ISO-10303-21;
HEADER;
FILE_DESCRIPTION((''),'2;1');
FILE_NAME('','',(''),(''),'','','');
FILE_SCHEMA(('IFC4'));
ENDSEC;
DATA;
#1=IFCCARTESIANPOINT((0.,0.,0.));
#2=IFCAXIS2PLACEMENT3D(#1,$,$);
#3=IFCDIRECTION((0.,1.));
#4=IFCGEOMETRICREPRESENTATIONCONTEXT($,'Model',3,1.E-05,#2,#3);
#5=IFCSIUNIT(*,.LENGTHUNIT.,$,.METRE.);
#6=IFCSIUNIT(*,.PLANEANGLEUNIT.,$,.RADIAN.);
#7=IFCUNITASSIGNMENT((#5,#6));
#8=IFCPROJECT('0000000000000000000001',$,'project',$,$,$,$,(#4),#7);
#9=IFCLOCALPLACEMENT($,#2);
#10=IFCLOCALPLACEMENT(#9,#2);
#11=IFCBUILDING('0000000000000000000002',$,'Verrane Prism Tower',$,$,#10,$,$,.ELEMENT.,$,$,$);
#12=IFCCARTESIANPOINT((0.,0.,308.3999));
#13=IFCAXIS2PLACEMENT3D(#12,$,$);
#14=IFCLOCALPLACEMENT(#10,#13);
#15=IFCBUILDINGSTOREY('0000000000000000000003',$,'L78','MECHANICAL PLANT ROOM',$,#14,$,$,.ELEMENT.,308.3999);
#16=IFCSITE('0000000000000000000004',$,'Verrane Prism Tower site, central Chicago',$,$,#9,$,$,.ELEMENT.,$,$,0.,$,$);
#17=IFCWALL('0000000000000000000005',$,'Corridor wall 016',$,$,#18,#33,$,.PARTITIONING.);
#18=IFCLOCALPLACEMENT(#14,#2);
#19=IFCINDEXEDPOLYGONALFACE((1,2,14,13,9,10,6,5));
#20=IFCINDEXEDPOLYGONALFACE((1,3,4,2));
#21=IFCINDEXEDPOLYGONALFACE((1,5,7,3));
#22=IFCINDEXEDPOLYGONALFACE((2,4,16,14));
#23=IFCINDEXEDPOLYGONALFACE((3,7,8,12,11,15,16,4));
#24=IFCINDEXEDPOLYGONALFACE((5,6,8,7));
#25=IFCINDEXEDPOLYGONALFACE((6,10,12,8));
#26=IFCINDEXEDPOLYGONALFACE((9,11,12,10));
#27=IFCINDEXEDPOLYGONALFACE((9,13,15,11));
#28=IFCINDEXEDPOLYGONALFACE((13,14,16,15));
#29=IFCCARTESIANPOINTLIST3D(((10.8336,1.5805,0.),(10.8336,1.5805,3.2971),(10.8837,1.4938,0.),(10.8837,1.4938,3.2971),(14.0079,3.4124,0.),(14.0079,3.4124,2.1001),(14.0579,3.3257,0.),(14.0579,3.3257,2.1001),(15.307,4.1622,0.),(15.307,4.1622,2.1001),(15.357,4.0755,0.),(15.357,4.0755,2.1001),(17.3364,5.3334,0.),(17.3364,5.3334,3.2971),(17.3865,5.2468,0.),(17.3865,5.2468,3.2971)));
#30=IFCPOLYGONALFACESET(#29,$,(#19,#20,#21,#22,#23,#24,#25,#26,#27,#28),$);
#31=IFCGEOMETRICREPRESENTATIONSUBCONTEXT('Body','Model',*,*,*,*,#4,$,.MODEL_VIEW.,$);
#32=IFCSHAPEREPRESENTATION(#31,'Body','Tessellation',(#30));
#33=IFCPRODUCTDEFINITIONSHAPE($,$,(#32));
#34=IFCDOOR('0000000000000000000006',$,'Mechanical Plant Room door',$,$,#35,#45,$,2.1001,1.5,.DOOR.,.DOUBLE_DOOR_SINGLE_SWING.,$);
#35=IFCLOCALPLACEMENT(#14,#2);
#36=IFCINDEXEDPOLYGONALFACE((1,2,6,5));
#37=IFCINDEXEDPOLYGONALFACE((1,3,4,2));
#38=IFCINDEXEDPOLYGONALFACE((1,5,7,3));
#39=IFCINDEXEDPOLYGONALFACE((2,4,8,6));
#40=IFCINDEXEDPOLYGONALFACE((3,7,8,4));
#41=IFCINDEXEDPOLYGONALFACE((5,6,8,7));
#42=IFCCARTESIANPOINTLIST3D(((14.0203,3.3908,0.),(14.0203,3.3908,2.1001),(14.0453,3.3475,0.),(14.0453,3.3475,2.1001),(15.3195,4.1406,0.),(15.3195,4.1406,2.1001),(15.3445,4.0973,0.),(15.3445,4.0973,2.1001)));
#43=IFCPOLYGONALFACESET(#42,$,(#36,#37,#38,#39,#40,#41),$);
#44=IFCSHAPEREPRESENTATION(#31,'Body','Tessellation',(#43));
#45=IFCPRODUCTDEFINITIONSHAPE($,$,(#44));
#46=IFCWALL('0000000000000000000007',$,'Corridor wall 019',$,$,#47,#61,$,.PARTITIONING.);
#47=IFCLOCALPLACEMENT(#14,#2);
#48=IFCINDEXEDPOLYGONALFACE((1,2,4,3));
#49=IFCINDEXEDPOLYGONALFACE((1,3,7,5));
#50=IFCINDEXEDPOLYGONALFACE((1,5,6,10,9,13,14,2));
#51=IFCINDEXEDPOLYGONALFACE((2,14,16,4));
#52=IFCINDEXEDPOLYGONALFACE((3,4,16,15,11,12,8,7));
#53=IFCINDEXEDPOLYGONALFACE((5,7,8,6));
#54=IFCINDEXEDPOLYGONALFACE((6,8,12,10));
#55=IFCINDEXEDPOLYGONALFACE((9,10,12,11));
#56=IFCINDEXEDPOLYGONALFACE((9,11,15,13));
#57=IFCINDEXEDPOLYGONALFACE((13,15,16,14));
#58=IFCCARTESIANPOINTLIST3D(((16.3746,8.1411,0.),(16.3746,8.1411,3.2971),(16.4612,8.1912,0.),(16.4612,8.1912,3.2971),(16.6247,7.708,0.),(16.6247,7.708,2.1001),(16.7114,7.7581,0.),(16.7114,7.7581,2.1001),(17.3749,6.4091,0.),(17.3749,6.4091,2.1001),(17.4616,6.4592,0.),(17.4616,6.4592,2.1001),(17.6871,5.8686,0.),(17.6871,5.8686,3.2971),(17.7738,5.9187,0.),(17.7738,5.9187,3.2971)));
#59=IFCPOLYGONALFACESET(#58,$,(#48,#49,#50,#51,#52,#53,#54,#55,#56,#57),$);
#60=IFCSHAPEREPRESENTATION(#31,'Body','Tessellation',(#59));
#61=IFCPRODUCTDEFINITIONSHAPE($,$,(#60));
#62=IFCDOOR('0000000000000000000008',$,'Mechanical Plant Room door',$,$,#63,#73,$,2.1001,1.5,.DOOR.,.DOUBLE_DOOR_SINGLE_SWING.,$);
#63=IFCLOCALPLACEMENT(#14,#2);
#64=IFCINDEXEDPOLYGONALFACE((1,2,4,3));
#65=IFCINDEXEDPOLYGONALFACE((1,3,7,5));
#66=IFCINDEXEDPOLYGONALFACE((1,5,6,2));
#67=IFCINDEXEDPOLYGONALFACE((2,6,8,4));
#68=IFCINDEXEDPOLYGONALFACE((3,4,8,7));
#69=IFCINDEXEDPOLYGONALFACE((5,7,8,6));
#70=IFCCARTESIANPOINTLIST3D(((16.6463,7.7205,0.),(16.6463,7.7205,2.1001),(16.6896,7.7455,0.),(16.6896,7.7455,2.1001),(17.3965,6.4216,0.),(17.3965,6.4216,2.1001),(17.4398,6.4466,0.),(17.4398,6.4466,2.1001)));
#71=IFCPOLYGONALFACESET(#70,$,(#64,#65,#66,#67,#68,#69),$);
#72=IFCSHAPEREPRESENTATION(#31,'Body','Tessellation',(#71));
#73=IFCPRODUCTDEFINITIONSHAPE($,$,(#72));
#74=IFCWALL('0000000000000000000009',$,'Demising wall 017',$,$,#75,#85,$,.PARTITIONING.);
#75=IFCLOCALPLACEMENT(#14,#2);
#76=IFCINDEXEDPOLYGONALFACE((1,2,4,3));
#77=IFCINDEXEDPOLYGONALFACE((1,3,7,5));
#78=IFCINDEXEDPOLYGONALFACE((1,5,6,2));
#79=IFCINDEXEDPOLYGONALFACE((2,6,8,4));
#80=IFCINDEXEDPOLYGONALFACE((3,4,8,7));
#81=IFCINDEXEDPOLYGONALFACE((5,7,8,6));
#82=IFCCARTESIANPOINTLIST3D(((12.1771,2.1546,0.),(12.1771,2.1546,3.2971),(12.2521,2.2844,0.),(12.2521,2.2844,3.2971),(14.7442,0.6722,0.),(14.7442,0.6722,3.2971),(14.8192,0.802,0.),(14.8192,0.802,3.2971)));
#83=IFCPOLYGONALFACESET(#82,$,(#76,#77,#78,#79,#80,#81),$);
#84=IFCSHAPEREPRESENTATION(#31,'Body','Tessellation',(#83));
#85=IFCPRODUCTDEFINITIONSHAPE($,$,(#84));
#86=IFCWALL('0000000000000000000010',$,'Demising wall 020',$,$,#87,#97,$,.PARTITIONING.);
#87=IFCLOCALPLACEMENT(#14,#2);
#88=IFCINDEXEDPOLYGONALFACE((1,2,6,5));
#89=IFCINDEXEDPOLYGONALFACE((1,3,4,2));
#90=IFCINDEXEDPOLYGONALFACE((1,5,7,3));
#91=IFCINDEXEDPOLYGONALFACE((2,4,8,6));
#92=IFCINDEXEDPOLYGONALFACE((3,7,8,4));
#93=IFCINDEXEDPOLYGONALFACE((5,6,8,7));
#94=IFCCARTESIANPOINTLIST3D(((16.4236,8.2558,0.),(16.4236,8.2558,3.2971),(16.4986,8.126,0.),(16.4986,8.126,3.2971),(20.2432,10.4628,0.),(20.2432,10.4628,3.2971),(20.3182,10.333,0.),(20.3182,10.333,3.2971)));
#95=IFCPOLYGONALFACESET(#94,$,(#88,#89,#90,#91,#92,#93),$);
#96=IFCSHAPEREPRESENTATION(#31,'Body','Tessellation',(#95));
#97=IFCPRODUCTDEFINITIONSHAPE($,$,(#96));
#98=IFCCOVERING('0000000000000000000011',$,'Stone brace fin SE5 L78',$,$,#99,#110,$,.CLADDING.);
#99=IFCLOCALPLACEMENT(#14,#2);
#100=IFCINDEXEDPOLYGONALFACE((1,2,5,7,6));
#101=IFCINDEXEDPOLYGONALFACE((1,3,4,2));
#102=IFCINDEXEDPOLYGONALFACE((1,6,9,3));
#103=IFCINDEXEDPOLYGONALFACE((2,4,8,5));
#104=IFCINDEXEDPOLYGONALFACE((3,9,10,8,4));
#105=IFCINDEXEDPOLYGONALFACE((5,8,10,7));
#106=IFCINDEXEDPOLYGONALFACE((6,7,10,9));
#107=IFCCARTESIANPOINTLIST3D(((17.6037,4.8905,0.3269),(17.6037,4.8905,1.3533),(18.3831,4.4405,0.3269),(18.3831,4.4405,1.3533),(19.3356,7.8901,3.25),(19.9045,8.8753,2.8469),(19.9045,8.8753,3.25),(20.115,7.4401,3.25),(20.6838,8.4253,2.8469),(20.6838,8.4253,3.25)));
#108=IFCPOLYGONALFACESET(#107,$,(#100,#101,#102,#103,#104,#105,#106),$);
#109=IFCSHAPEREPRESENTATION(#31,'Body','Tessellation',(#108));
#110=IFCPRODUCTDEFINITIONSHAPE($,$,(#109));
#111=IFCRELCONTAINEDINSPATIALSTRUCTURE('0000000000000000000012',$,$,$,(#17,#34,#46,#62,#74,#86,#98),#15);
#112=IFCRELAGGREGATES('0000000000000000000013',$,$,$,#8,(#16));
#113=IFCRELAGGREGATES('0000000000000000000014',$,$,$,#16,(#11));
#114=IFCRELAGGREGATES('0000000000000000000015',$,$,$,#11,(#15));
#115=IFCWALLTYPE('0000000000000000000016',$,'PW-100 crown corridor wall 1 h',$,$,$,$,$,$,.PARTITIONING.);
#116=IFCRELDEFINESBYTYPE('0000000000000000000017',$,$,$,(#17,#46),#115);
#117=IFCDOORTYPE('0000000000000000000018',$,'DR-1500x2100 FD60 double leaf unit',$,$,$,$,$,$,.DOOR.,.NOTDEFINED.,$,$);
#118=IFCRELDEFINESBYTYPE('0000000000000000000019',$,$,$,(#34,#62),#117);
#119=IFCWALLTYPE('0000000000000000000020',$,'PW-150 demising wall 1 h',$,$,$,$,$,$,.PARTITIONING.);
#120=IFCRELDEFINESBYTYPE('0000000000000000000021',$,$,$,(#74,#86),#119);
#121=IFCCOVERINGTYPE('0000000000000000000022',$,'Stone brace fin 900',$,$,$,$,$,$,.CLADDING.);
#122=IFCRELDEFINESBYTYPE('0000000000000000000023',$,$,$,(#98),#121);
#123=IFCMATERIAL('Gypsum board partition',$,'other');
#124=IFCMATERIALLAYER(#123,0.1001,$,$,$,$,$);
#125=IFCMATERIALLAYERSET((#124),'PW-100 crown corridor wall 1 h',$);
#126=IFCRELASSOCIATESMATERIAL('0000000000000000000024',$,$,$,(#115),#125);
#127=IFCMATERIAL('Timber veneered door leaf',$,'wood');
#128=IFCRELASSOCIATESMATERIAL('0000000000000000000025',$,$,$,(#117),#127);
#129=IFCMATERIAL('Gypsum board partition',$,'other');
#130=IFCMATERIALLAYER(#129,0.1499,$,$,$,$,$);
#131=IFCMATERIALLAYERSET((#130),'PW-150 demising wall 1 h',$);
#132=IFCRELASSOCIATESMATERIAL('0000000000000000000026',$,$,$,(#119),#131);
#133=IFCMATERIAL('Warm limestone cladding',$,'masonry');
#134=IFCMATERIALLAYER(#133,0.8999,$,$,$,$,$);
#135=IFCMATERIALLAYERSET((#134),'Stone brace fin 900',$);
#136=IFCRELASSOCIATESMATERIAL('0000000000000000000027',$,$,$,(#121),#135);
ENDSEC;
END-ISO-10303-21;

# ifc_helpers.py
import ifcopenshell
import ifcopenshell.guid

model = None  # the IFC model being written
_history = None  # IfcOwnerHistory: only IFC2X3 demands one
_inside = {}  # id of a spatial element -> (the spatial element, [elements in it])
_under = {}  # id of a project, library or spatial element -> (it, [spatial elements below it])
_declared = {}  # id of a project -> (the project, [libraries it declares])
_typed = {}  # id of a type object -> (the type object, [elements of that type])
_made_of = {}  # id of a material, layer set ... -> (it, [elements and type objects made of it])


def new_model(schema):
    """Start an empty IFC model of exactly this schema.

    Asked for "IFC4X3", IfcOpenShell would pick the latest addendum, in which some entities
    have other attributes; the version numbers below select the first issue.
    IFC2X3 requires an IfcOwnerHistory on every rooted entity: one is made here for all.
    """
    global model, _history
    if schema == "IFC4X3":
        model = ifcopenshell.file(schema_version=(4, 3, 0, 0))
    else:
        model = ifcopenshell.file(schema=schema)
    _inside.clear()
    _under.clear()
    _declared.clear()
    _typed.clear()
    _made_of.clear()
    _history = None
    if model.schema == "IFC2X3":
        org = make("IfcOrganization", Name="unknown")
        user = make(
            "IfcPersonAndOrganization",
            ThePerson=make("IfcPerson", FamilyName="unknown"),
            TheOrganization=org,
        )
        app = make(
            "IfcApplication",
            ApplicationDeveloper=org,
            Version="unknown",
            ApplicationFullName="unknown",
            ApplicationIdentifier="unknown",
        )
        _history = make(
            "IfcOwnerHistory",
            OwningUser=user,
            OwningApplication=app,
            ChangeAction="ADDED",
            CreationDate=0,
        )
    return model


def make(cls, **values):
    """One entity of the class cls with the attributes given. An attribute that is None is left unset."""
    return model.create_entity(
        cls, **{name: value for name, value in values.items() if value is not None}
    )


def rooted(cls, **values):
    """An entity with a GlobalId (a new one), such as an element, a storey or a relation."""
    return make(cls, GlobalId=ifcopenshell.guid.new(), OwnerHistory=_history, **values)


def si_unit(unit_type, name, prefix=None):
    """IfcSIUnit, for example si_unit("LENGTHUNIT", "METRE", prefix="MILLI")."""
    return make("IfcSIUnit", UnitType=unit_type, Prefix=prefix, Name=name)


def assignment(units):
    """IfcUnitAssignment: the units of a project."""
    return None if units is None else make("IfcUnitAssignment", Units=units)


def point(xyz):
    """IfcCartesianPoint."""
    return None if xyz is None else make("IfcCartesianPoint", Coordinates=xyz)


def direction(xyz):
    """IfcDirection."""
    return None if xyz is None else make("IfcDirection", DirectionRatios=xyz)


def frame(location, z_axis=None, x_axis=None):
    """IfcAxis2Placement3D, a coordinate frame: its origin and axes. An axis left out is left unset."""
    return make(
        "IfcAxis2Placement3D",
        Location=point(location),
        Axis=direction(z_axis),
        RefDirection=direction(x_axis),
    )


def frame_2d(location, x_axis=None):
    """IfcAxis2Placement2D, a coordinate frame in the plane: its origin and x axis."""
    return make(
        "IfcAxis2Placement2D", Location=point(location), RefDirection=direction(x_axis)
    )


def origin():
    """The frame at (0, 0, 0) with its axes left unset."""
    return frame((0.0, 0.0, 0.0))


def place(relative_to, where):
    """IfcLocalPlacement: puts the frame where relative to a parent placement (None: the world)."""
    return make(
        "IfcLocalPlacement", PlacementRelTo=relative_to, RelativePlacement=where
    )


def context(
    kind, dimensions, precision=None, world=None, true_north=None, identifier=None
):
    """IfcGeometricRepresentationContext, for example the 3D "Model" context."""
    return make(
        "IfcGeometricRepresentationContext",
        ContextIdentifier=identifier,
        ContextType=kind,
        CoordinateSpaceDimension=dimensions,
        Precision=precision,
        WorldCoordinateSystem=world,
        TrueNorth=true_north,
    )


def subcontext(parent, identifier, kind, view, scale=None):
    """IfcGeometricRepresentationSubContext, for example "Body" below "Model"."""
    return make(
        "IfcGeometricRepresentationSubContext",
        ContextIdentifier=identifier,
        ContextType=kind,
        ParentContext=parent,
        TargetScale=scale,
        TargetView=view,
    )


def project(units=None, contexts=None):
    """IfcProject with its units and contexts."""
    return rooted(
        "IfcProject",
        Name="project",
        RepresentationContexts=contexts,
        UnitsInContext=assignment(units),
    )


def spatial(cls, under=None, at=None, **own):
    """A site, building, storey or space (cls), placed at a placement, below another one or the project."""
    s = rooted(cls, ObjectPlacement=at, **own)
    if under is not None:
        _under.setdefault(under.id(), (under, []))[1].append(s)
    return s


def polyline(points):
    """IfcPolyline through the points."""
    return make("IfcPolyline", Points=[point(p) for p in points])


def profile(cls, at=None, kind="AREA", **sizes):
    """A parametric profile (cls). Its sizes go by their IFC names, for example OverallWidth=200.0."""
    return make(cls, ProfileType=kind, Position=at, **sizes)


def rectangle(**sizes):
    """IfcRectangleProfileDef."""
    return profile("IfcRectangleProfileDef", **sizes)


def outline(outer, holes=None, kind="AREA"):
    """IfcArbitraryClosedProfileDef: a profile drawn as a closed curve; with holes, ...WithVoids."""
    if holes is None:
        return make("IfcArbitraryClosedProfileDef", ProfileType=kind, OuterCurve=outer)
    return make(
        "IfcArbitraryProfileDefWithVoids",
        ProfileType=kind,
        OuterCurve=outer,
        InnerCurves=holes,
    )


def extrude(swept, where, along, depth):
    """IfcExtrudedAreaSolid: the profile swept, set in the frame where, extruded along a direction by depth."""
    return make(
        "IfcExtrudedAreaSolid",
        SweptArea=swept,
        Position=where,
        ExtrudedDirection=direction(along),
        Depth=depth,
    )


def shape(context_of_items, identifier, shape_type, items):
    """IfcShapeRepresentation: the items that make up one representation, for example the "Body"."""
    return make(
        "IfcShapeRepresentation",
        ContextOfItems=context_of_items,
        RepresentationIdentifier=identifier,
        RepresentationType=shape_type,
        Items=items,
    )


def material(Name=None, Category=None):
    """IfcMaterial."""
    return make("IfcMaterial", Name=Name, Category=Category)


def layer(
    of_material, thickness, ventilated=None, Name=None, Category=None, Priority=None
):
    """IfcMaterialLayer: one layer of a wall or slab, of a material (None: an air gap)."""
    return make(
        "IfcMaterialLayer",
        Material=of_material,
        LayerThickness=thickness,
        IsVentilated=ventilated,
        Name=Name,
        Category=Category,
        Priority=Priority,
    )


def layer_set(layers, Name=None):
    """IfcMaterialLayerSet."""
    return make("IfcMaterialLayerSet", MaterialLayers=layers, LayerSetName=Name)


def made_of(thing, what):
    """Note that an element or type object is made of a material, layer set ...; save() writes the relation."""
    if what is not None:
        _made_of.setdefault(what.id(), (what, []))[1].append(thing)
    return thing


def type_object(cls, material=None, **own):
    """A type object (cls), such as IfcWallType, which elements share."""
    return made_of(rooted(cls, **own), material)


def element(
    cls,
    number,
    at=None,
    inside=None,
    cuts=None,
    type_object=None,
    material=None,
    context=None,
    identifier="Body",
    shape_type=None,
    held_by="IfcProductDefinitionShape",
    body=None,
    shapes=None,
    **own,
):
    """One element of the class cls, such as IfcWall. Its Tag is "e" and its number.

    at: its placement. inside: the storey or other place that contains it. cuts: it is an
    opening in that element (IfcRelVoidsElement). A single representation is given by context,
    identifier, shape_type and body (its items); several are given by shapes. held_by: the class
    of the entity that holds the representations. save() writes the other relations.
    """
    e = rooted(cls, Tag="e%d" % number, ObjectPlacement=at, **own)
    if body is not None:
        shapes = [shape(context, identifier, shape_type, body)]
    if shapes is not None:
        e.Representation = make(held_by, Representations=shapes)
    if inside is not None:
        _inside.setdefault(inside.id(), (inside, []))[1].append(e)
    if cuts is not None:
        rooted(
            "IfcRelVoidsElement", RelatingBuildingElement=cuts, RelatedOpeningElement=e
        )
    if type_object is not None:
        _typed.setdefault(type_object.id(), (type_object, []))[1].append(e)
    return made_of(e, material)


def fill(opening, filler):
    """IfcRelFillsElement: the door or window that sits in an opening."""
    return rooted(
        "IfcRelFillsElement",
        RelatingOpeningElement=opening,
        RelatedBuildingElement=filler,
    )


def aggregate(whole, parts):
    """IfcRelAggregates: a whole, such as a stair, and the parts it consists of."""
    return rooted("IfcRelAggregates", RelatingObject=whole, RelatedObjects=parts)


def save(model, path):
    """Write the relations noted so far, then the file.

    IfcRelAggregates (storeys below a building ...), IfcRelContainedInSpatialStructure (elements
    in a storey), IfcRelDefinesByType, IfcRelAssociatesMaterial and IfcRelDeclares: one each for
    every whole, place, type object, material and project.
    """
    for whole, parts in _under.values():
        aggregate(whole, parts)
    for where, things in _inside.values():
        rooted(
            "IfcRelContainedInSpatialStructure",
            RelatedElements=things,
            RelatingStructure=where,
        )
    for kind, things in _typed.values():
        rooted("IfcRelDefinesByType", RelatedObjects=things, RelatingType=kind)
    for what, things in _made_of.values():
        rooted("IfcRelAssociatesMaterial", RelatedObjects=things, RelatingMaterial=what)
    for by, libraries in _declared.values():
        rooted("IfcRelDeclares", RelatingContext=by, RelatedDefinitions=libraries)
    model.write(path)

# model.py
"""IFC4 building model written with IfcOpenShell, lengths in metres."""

from ifc_helpers import new_model, si_unit, direction, frame, frame_2d, origin, place, context, subcontext, project, spatial, polyline, rectangle, outline, extrude, material, layer, layer_set, type_object, element, fill, save


model = new_model("IFC4")

# Units and contexts
model_context = context("Model", 3, precision=1e-05, world=origin(), true_north=direction((0.0, 1.0)))
body_context = subcontext(model_context, "Body", "Model", "MODEL_VIEW")
ifc_project = project(units=[si_unit("LENGTHUNIT", "METRE"), si_unit("PLANEANGLEUNIT", "RADIAN")], contexts=[model_context])

# Site, building, storey
site_placement = place(None, origin())
site = spatial("IfcSite", under=ifc_project, at=site_placement, Name="Verrane Prism Tower site, central Chicago", CompositionType="ELEMENT", RefElevation=0.0)
building_placement = place(site_placement, origin())
building = spatial("IfcBuilding", under=site, at=building_placement, Name="Verrane Prism Tower", CompositionType="ELEMENT")
storey_placement = place(building_placement, frame((0.0, 0.0, 308.3999)))
storey = spatial("IfcBuildingStorey", under=building, at=storey_placement, Name="L78", Description="MECHANICAL PLANT ROOM", CompositionType="ELEMENT", Elevation=308.3999)

# Walls, openings, doors
ifc_material_1 = material(Name="Gypsum board partition", Category="other")
ifc_layer_1 = layer(ifc_material_1, 0.1001)
ifc_layer_set_1 = layer_set([ifc_layer_1], Name="PW-100 crown corridor wall 1 h")
wall_type_1 = type_object("IfcWallType", Name="PW-100 crown corridor wall 1 h", PredefinedType="PARTITIONING", material=ifc_layer_set_1)
wall_1_placement = place(storey_placement, frame((17.3613, 5.29, 0.0), z_axis=(0.0, 0.0, 1.0), x_axis=(-0.866106, -0.49986, 0.0)))
wall_1 = element("IfcWall", 1, at=wall_1_placement, inside=storey, type_object=wall_type_1, Name="Corridor wall 016", PredefinedType="PARTITIONING", context=body_context, shape_type="SweptSolid", body=[
    extrude(rectangle(XDim=7.5081, YDim=0.1001, at=frame_2d((3.7539, 0.0))), origin(), (0.0, 0.0, 1.0), 3.2971),
])
opening_1_placement = place(wall_1_placement, frame((2.343, 0.0, 0.0)))
opening_1 = element("IfcOpeningElement", 2, at=opening_1_placement, cuts=wall_1, PredefinedType="OPENING", context=body_context, shape_type="SweptSolid", body=[
    extrude(rectangle(XDim=1.5, YDim=2.1001, at=frame_2d((0.75, 1.05))), frame((0.0, 0.0601, 0.0), z_axis=(0.0, -1.0, 0.0), x_axis=(1.0, 0.0, 0.0)), (0.0, 0.0, 1.0), 0.1201),
])
ifc_material_2 = material(Name="Timber veneered door leaf", Category="wood")
door_type_1 = type_object("IfcDoorType", Name="DR-1500x2100 FD60 double leaf unit", OperationType="NOTDEFINED", PredefinedType="DOOR", material=ifc_material_2)
door_1_placement = place(opening_1_placement, origin())
door_1 = element("IfcDoor", 3, at=door_1_placement, inside=storey, type_object=door_type_1, Name="Mechanical Plant Room door", OperationType="DOUBLE_DOOR_SINGLE_SWING", OverallHeight=2.1001, OverallWidth=1.5, PredefinedType="DOOR", context=body_context, shape_type="SweptSolid", body=[
    extrude(rectangle(XDim=1.5, YDim=2.1001, at=frame_2d((0.75, 1.05))), frame((0.0, 0.0249, 0.0), z_axis=(0.0, -1.0, 0.0), x_axis=(1.0, 0.0, 0.0)), (0.0, 0.0, 1.0), 0.05),
])
fill(opening_1, door_1)
wall_2_placement = place(storey_placement, frame((16.418, 8.166, 0.0), z_axis=(0.0, 0.0, 1.0), x_axis=(0.500141, -0.865944, 0.0)))
wall_2 = element("IfcWall", 4, at=wall_2_placement, inside=storey, type_object=wall_type_1, Name="Corridor wall 019", PredefinedType="PARTITIONING", context=body_context, shape_type="SweptSolid", body=[
    extrude(rectangle(XDim=2.6243, YDim=0.1001, at=frame_2d((1.312, 0.0))), origin(), (0.0, 0.0, 1.0), 3.2971),
])
opening_2_placement = place(wall_2_placement, frame((0.5, 0.0, 0.0)))
opening_2 = element("IfcOpeningElement", 5, at=opening_2_placement, cuts=wall_2, PredefinedType="OPENING", context=body_context, shape_type="SweptSolid", body=[
    extrude(rectangle(XDim=1.5, YDim=2.1001, at=frame_2d((0.75, 1.05))), frame((0.0, 0.0601, 0.0), z_axis=(0.0, -1.0, 0.0), x_axis=(1.0, 0.0, 0.0)), (0.0, 0.0, 1.0), 0.1201),
])
door_2_placement = place(opening_2_placement, origin())
door_2 = element("IfcDoor", 6, at=door_2_placement, inside=storey, type_object=door_type_1, Name="Mechanical Plant Room door", OperationType="DOUBLE_DOOR_SINGLE_SWING", OverallHeight=2.1001, OverallWidth=1.5, PredefinedType="DOOR", context=body_context, shape_type="SweptSolid", body=[
    extrude(rectangle(XDim=1.5, YDim=2.1001, at=frame_2d((0.75, 1.05))), frame((0.0, 0.0249, 0.0), z_axis=(0.0, -1.0, 0.0), x_axis=(1.0, 0.0, 0.0)), (0.0, 0.0, 1.0), 0.05),
])
fill(opening_2, door_2)

# Walls
ifc_material_3 = material(Name="Gypsum board partition", Category="other")
ifc_layer_2 = layer(ifc_material_3, 0.1499)
ifc_layer_set_2 = layer_set([ifc_layer_2], Name="PW-150 demising wall 1 h")
wall_type_2 = type_object("IfcWallType", Name="PW-150 demising wall 1 h", PredefinedType="PARTITIONING", material=ifc_layer_set_2)
wall_3_placement = place(storey_placement, frame((12.2146, 2.2195, 0.0), z_axis=(0.0, 0.0, 1.0), x_axis=(0.865984, -0.500072, 0.0)))
element("IfcWall", 7, at=wall_3_placement, inside=storey, type_object=wall_type_2, Name="Demising wall 017", PredefinedType="PARTITIONING", context=body_context, shape_type="SweptSolid", body=[
    extrude(rectangle(XDim=2.9644, YDim=0.1499, at=frame_2d((1.4822, 0.0))), origin(), (0.0, 0.0, 1.0), 3.2971),
])
wall_4_placement = place(storey_placement, frame((16.4612, 8.1909, 0.0), z_axis=(0.0, 0.0, 1.0), x_axis=(0.865849, 0.500305, 0.0)))
element("IfcWall", 8, at=wall_4_placement, inside=storey, type_object=wall_type_2, Name="Demising wall 020", PredefinedType="PARTITIONING", context=body_context, shape_type="SweptSolid", body=[
    extrude(rectangle(XDim=4.4114, YDim=0.1499, at=frame_2d((2.2056, 0.0))), origin(), (0.0, 0.0, 1.0), 3.2971),
])

# Covering
ifc_material_4 = material(Name="Warm limestone cladding", Category="masonry")
ifc_layer_3 = layer(ifc_material_4, 0.8999)
ifc_layer_set_3 = layer_set([ifc_layer_3], Name="Stone brace fin 900")
covering_type = type_object("IfcCoveringType", Name="Stone brace fin 900", PredefinedType="CLADDING", material=ifc_layer_set_3)
covering_placement = place(storey_placement, frame((17.9934, 4.6655, 0.3269), z_axis=(0.0, 0.0, 1.0), x_axis=(0.500019, 0.866014, 0.0)))
element("IfcCovering", 9, at=covering_placement, inside=storey, type_object=covering_type, Name="Stone brace fin SE5 L78", PredefinedType="CLADDING", context=body_context, shape_type="SweptSolid", body=[
    extrude(outline(polyline([(4.6013, 2.9231), (3.4636, 2.9231), (0.0, 1.0264), (0.0, 0.0), (4.6013, 2.52), (4.6013, 2.9231)])), frame((0.0, 0.45, 0.0), z_axis=(0.0, -1.0, 0.0), x_axis=(1.0, 0.0, 0.0)), (0.0, 0.0, 1.0), 0.8999),
])

save(model, "model.ifc")
